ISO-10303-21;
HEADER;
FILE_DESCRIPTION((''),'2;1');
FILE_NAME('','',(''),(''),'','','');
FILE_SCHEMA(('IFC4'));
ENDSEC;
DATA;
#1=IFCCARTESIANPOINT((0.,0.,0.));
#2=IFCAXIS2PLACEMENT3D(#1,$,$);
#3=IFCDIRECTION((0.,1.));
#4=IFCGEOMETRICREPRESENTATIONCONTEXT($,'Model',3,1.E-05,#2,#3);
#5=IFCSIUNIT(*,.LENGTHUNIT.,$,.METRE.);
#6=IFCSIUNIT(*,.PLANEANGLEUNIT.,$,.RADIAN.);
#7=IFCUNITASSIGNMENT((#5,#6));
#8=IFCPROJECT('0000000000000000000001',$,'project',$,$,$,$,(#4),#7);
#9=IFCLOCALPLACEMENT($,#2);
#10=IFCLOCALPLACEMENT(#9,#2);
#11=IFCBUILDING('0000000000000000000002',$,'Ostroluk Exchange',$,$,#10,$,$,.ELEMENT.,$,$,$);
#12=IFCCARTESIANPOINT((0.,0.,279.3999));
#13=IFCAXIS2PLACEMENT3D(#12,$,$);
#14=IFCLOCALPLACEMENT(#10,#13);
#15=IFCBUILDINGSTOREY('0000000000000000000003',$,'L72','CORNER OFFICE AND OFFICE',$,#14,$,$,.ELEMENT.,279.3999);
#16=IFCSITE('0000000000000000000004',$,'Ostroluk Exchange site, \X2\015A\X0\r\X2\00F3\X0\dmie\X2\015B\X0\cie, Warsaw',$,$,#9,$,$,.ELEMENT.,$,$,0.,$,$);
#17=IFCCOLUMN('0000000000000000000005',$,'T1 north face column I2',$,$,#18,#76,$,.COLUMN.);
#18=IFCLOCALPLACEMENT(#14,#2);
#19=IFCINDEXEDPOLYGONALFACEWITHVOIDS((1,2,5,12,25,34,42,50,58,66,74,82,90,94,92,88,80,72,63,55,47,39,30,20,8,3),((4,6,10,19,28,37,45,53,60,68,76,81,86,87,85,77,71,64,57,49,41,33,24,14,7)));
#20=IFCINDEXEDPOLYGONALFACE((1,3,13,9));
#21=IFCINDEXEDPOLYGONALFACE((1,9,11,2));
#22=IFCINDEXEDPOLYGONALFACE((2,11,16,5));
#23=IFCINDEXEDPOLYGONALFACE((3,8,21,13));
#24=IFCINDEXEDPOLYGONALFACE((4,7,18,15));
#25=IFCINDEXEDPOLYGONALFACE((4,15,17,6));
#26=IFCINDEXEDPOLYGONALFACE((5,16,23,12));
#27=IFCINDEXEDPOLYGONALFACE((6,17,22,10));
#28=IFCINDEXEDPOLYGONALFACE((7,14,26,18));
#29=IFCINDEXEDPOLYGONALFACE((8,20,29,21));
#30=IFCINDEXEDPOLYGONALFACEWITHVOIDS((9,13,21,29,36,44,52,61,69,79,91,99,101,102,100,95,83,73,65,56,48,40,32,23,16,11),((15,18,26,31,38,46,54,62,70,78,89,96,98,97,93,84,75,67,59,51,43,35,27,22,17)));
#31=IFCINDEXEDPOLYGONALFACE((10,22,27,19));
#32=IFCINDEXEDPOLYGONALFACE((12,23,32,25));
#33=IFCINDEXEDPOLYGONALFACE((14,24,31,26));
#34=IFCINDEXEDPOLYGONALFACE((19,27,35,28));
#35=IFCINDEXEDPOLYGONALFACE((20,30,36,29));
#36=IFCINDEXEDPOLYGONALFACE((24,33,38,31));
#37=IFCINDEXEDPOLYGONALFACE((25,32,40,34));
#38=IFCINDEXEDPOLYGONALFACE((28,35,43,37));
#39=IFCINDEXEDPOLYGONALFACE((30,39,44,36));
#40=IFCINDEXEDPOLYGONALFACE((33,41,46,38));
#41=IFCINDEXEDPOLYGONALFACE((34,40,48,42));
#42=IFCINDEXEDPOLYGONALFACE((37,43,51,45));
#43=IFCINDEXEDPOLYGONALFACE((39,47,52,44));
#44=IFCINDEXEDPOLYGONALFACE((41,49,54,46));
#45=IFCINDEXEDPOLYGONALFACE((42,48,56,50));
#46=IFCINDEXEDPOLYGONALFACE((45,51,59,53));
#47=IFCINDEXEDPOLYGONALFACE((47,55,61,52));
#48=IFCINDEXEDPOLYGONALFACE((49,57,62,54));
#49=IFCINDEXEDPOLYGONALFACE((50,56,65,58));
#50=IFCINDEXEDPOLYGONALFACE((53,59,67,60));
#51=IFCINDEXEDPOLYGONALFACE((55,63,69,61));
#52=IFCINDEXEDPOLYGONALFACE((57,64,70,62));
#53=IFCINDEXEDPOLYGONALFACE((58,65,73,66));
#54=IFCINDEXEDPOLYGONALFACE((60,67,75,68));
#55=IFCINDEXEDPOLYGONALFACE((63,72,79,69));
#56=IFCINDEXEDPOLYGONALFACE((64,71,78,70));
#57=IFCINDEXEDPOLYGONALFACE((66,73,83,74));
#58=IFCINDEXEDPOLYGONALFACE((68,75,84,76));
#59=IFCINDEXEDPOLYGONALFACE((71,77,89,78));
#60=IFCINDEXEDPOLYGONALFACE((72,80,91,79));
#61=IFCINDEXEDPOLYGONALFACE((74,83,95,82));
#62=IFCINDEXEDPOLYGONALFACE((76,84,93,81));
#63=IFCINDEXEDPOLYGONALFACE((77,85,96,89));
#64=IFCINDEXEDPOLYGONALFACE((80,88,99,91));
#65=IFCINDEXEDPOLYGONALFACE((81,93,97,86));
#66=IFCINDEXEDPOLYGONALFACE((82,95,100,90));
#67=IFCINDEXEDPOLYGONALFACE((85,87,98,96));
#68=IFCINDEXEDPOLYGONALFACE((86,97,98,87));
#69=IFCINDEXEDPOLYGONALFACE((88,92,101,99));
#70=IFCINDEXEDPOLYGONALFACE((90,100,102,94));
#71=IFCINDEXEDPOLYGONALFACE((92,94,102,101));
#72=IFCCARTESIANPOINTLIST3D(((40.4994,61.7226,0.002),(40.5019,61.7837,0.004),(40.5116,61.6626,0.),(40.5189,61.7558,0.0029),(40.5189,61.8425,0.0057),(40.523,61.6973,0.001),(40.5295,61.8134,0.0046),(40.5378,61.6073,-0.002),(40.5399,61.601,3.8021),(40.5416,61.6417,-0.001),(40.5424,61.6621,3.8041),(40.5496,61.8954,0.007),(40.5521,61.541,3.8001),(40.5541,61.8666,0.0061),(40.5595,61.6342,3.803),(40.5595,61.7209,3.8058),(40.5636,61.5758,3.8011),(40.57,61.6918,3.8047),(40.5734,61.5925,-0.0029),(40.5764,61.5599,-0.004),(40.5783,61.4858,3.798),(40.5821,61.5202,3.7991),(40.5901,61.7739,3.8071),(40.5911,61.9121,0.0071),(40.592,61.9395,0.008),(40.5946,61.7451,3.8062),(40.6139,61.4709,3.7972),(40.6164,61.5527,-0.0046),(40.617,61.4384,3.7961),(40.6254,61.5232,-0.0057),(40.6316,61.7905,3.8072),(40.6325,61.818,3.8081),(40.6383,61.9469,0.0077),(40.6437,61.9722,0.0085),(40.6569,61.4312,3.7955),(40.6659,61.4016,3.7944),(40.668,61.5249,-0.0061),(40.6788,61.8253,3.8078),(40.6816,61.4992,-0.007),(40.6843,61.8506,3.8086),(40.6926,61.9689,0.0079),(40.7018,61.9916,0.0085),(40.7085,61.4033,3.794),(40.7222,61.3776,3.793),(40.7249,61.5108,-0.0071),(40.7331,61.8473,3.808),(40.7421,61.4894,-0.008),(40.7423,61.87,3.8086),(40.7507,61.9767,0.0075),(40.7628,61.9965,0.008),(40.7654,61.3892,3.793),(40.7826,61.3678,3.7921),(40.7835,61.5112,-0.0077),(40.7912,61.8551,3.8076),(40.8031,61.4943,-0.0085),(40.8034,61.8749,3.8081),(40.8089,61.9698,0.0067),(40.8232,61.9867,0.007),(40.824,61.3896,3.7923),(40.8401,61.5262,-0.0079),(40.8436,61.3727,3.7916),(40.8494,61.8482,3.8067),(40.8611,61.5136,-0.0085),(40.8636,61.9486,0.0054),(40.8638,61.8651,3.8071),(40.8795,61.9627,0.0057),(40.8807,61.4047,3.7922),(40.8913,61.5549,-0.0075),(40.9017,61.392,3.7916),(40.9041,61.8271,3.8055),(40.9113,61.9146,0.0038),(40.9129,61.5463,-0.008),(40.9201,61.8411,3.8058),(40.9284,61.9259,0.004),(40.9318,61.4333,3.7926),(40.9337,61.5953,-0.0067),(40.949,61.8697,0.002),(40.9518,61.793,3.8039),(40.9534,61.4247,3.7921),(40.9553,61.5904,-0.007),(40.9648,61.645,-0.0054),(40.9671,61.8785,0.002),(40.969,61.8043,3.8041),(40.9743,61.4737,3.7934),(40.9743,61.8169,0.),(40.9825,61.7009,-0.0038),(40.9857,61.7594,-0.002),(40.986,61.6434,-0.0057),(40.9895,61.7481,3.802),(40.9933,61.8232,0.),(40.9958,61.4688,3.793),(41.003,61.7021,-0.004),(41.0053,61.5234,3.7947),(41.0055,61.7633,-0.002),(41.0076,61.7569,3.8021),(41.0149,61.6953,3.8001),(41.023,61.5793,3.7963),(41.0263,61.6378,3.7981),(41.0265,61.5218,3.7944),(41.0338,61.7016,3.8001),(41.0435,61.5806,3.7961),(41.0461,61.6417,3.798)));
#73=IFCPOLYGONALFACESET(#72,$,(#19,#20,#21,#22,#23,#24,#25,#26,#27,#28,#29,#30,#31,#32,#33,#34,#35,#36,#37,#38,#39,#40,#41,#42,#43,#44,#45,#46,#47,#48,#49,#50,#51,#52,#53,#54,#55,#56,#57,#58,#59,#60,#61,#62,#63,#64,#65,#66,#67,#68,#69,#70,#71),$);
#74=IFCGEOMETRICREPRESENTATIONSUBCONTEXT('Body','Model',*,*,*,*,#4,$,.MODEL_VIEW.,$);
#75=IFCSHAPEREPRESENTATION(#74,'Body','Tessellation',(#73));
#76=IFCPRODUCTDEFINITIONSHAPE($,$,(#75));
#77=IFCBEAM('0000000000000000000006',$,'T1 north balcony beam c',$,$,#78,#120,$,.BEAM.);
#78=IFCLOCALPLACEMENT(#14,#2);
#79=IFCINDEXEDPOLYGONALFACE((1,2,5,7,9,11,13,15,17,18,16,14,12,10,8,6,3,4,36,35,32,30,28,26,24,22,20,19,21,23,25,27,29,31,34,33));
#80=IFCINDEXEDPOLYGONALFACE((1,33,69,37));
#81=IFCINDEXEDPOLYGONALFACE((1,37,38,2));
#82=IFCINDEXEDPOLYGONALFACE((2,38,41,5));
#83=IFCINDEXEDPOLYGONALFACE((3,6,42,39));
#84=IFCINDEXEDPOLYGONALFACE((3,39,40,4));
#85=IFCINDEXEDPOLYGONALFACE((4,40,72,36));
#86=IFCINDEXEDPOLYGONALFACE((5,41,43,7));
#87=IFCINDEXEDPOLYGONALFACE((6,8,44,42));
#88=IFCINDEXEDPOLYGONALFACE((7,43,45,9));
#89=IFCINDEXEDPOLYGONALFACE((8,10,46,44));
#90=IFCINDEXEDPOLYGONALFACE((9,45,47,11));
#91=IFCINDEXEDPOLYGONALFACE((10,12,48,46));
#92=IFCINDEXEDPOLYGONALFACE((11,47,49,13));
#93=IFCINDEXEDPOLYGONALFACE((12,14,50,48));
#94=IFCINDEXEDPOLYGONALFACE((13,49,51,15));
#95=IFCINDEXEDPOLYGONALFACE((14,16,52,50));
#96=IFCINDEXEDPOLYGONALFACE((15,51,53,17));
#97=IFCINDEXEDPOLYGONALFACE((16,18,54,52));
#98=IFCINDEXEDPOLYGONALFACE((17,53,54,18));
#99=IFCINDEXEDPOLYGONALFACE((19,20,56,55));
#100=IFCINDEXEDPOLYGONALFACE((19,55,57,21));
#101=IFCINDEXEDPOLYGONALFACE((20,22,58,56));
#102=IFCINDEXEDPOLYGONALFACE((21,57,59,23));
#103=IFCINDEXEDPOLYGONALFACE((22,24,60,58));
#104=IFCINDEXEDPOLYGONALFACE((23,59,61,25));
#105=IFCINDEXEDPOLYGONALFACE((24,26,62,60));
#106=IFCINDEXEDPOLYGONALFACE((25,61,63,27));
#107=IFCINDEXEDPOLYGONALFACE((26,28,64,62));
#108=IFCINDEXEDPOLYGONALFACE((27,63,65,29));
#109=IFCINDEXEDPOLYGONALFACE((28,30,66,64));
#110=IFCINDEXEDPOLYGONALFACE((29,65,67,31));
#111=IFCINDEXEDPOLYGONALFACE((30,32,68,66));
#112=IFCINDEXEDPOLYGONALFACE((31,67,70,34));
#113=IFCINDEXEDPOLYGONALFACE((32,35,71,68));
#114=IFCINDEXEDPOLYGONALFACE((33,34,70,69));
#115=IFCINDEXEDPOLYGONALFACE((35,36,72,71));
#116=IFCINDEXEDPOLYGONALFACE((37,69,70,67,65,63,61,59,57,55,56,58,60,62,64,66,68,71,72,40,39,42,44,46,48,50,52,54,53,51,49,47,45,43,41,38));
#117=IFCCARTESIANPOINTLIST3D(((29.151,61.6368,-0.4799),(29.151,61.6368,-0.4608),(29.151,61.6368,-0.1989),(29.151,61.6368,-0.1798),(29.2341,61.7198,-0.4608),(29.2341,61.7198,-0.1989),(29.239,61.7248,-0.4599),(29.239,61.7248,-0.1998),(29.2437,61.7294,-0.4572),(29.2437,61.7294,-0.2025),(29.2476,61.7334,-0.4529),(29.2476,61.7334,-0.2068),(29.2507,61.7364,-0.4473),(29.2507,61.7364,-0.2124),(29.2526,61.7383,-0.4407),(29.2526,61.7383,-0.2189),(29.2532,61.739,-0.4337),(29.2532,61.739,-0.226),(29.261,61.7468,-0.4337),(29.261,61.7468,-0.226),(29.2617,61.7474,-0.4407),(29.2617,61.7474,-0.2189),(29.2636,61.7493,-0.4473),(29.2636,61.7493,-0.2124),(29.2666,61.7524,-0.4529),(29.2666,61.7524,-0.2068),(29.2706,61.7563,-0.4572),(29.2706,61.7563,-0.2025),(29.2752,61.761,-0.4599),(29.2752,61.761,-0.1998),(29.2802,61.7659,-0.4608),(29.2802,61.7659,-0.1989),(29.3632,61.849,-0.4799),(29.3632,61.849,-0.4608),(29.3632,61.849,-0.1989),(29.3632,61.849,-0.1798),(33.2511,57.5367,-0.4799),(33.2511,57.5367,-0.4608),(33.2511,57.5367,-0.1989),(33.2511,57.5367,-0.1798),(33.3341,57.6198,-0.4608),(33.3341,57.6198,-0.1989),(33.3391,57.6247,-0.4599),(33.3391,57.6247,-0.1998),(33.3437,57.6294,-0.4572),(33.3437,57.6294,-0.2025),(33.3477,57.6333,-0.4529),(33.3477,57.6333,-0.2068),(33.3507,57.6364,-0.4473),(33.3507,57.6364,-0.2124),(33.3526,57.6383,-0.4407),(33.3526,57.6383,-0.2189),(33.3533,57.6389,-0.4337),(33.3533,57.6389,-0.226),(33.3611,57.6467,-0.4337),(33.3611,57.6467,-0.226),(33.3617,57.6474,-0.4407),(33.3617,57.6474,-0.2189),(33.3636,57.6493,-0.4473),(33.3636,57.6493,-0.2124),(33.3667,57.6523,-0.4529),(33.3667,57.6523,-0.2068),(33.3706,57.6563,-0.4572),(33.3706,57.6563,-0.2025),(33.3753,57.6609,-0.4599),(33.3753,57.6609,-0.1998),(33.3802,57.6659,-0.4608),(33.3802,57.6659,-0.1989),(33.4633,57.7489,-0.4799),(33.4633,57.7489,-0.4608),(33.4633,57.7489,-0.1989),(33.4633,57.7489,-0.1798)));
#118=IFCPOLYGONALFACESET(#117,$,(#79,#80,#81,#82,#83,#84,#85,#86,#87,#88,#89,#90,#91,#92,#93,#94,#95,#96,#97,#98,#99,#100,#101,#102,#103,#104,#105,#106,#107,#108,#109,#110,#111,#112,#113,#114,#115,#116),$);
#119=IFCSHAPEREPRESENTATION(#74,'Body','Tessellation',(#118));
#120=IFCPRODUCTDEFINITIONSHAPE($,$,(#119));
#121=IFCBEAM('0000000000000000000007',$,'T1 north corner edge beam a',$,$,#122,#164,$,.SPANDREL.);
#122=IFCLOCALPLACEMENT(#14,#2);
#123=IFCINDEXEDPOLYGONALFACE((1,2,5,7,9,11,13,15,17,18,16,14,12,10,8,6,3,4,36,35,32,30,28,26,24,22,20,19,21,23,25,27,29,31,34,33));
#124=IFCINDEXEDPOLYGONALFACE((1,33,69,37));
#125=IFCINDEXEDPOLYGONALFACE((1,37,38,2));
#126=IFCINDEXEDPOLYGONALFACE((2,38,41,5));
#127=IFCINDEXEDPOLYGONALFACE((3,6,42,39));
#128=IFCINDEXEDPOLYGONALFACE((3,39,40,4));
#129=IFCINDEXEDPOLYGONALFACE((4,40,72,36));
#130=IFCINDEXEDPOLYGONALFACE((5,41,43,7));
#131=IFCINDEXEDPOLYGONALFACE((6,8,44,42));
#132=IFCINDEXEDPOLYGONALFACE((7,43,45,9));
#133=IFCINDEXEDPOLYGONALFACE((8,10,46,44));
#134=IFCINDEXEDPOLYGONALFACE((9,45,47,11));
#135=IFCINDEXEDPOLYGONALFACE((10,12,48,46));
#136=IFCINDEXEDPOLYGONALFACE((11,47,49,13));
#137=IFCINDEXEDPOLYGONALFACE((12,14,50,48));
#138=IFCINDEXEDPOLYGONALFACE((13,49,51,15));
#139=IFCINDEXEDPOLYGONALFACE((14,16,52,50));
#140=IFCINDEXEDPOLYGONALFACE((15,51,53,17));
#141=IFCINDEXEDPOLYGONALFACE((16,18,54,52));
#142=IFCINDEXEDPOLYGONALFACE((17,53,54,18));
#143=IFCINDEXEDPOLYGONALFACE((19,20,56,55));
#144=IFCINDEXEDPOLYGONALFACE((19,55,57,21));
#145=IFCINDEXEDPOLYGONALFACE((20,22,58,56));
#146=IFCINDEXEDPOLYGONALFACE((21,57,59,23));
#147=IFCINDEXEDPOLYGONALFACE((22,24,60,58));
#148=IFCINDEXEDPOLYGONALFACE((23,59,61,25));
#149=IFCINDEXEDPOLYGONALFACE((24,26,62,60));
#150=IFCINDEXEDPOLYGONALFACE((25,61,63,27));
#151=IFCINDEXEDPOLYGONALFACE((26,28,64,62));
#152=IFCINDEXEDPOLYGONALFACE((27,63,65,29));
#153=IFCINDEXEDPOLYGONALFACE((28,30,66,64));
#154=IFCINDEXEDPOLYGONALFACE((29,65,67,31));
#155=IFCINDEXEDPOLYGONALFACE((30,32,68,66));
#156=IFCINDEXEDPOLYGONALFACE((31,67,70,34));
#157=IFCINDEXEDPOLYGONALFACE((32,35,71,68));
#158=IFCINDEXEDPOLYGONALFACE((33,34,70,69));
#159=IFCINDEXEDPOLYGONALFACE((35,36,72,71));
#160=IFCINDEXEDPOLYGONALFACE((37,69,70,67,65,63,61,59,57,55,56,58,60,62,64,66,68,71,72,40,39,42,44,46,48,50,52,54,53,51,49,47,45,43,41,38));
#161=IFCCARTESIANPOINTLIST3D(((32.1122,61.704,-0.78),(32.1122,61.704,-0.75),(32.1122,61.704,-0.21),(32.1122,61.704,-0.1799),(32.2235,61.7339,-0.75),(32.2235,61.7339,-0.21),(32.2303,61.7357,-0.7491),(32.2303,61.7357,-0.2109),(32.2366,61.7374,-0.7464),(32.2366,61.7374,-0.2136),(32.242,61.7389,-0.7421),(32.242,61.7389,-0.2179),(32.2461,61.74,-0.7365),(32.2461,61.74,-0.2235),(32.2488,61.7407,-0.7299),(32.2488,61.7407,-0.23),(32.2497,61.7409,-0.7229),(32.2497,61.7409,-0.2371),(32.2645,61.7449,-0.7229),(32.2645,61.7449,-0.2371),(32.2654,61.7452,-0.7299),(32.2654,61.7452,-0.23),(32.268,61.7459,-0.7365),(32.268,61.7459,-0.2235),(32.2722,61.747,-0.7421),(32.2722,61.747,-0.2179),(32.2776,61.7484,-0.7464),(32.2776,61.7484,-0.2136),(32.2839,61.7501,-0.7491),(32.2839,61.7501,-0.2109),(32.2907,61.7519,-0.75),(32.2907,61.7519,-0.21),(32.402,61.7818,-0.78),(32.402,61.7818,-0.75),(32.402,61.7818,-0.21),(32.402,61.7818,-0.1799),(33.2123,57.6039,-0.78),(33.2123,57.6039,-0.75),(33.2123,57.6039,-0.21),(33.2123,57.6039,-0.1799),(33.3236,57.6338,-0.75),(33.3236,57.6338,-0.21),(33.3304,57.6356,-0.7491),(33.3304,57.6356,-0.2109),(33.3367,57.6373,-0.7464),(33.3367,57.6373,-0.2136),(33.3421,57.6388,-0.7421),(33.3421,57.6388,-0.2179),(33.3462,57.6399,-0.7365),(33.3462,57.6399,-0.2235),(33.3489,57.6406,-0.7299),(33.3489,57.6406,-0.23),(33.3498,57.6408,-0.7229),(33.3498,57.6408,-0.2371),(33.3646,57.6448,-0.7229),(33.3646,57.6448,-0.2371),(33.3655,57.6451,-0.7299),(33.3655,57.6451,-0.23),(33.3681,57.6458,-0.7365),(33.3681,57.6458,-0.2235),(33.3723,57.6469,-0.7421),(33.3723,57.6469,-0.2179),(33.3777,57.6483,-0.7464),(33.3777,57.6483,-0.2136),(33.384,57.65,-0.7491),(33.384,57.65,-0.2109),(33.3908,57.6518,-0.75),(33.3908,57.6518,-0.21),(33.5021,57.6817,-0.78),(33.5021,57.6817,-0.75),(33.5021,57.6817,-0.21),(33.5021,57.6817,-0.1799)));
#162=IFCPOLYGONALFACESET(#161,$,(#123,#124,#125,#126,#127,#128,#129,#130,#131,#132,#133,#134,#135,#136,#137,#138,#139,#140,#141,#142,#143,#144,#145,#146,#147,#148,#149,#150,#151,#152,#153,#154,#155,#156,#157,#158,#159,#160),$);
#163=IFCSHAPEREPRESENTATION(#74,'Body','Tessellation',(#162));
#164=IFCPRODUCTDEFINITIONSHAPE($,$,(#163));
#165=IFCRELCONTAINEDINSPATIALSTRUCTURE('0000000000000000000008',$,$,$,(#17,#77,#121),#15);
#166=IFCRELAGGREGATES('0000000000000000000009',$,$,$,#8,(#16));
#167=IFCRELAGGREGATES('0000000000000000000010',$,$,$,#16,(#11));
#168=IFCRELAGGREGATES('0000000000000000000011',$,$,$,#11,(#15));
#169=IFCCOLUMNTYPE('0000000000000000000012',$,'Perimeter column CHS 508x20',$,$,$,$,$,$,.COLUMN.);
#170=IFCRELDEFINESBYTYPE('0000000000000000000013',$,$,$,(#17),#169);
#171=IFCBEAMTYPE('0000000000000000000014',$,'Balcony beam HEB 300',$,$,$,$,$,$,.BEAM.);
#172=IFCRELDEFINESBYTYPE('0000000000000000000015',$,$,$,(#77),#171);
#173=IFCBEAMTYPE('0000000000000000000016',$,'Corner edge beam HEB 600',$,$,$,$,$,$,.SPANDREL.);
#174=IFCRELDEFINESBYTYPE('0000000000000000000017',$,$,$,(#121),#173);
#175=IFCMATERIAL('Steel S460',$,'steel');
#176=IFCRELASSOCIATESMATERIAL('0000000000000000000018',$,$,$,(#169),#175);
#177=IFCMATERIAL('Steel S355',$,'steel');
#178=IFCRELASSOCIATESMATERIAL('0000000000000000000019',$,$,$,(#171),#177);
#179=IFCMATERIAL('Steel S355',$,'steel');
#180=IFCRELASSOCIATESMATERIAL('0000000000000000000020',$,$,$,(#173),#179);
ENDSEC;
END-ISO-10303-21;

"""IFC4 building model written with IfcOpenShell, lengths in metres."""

from ifc_helpers import new_model, si_unit, direction, frame, origin, origin_2d, place, context, subcontext, project, spatial, hollow_circle, i_section, extrude, material, material_profile, profile_set, type_object, element, save


model = new_model("IFC4")

# Units and contexts
model_context = context("Model", 3, precision=1e-05, world=origin(), true_north=direction((0.0, 1.0)))
body_context = subcontext(model_context, "Body", "Model", "MODEL_VIEW")
ifc_project = project(units=[si_unit("LENGTHUNIT", "METRE"), si_unit("PLANEANGLEUNIT", "RADIAN")], contexts=[model_context])

# Site, building, storey
site_placement = place(None, origin())
site = spatial("IfcSite", under=ifc_project, at=site_placement, Name="Ostroluk Exchange site, Śródmieście, Warsaw", CompositionType="ELEMENT", RefElevation=0.0)
building_placement = place(site_placement, origin())
building = spatial("IfcBuilding", under=site, at=building_placement, Name="Ostroluk Exchange", CompositionType="ELEMENT")
storey_placement = place(building_placement, frame((0.0, 0.0, 279.3999)))
storey = spatial("IfcBuildingStorey", under=building, at=storey_placement, Name="L72", Description="CORNER OFFICE AND OFFICE", CompositionType="ELEMENT", Elevation=279.3999)

# Column
ifc_material_1 = material(Name="Steel S460", Category="steel")
ifc_material_profile_1 = material_profile(ifc_material_1, hollow_circle(Radius=0.2539, WallThickness=0.02, at=origin_2d()), Name="CHS 508x20")
ifc_profile_set_1 = profile_set([ifc_material_profile_1], Name="Steel S460")
column_type = type_object("IfcColumnType", Name="Perimeter column CHS 508x20", PredefinedType="COLUMN", material=ifc_profile_set_1)
column_placement = place(storey_placement, frame((40.7524, 61.7429, 0.0), z_axis=(0.010659, -0.031977, 0.999432), x_axis=(0.948683, 0.316228, 0.0)))
element("IfcColumn", 1, at=column_placement, inside=storey, type_object=column_type, Name="T1 north face column I2", PredefinedType="COLUMN", context=body_context, shape_type="SweptSolid", body=[
    extrude(hollow_circle(Radius=0.2539, WallThickness=0.02, at=origin_2d()), origin(), (0.0, 0.0, 1.0), 3.8022),
])

# Beams
ifc_material_2 = material(Name="Steel S355", Category="steel")
ifc_material_profile_2 = material_profile(ifc_material_2, i_section(OverallWidth=0.3, OverallDepth=0.3, WebThickness=0.011, FlangeThickness=0.019, FilletRadius=0.0271, at=origin_2d()), Name="HEB 300")
ifc_profile_set_2 = profile_set([ifc_material_profile_2], Name="Steel S355")
beam_type_1 = type_object("IfcBeamType", Name="Balcony beam HEB 300", PredefinedType="BEAM", material=ifc_profile_set_2)
beam_1_placement = place(storey_placement, frame((33.3572, 57.6428, -0.3298), z_axis=(-0.707107, 0.707107, 0.0), x_axis=(-0.707107, -0.707107, 0.0)))
element("IfcBeam", 2, at=beam_1_placement, inside=storey, type_object=beam_type_1, Name="T1 north balcony beam c", PredefinedType="BEAM", context=body_context, shape_type="SweptSolid", body=[
    extrude(i_section(OverallWidth=0.3, OverallDepth=0.3, WebThickness=0.011, FlangeThickness=0.019, FilletRadius=0.0271, at=origin_2d()), origin(), (0.0, 0.0, 1.0), 5.7983),
])
ifc_material_3 = material(Name="Steel S355", Category="steel")
ifc_material_profile_3 = material_profile(ifc_material_3, i_section(OverallWidth=0.3, OverallDepth=0.6001, WebThickness=0.0154, FlangeThickness=0.03, FilletRadius=0.0271, at=origin_2d()), Name="HEB 600")
ifc_profile_set_3 = profile_set([ifc_material_profile_3], Name="Steel S355")
beam_type_2 = type_object("IfcBeamType", Name="Corner edge beam HEB 600", PredefinedType="SPANDREL", material=ifc_profile_set_3)
for number, where, z_axis, x_axis, name in (
    (3, (33.3572, 57.6428, -0.48), (-0.259144, 0.965839, 0.0), (-0.965839, -0.259144, 0.0), "T1 north corner edge beam a"),
):
    element("IfcBeam", number, at=place(storey_placement, frame(where, z_axis=z_axis, x_axis=x_axis)), inside=storey, type_object=beam_type_2, Name=name, PredefinedType="SPANDREL", context=body_context, shape_type="SweptSolid", body=[
        extrude(i_section(OverallWidth=0.3, OverallDepth=0.6001, WebThickness=0.0154, FlangeThickness=0.03, FilletRadius=0.0271, at=origin_2d()), origin(), (0.0, 0.0, 1.0), 4.2451),
    ])

save(model, "model.ifc")
